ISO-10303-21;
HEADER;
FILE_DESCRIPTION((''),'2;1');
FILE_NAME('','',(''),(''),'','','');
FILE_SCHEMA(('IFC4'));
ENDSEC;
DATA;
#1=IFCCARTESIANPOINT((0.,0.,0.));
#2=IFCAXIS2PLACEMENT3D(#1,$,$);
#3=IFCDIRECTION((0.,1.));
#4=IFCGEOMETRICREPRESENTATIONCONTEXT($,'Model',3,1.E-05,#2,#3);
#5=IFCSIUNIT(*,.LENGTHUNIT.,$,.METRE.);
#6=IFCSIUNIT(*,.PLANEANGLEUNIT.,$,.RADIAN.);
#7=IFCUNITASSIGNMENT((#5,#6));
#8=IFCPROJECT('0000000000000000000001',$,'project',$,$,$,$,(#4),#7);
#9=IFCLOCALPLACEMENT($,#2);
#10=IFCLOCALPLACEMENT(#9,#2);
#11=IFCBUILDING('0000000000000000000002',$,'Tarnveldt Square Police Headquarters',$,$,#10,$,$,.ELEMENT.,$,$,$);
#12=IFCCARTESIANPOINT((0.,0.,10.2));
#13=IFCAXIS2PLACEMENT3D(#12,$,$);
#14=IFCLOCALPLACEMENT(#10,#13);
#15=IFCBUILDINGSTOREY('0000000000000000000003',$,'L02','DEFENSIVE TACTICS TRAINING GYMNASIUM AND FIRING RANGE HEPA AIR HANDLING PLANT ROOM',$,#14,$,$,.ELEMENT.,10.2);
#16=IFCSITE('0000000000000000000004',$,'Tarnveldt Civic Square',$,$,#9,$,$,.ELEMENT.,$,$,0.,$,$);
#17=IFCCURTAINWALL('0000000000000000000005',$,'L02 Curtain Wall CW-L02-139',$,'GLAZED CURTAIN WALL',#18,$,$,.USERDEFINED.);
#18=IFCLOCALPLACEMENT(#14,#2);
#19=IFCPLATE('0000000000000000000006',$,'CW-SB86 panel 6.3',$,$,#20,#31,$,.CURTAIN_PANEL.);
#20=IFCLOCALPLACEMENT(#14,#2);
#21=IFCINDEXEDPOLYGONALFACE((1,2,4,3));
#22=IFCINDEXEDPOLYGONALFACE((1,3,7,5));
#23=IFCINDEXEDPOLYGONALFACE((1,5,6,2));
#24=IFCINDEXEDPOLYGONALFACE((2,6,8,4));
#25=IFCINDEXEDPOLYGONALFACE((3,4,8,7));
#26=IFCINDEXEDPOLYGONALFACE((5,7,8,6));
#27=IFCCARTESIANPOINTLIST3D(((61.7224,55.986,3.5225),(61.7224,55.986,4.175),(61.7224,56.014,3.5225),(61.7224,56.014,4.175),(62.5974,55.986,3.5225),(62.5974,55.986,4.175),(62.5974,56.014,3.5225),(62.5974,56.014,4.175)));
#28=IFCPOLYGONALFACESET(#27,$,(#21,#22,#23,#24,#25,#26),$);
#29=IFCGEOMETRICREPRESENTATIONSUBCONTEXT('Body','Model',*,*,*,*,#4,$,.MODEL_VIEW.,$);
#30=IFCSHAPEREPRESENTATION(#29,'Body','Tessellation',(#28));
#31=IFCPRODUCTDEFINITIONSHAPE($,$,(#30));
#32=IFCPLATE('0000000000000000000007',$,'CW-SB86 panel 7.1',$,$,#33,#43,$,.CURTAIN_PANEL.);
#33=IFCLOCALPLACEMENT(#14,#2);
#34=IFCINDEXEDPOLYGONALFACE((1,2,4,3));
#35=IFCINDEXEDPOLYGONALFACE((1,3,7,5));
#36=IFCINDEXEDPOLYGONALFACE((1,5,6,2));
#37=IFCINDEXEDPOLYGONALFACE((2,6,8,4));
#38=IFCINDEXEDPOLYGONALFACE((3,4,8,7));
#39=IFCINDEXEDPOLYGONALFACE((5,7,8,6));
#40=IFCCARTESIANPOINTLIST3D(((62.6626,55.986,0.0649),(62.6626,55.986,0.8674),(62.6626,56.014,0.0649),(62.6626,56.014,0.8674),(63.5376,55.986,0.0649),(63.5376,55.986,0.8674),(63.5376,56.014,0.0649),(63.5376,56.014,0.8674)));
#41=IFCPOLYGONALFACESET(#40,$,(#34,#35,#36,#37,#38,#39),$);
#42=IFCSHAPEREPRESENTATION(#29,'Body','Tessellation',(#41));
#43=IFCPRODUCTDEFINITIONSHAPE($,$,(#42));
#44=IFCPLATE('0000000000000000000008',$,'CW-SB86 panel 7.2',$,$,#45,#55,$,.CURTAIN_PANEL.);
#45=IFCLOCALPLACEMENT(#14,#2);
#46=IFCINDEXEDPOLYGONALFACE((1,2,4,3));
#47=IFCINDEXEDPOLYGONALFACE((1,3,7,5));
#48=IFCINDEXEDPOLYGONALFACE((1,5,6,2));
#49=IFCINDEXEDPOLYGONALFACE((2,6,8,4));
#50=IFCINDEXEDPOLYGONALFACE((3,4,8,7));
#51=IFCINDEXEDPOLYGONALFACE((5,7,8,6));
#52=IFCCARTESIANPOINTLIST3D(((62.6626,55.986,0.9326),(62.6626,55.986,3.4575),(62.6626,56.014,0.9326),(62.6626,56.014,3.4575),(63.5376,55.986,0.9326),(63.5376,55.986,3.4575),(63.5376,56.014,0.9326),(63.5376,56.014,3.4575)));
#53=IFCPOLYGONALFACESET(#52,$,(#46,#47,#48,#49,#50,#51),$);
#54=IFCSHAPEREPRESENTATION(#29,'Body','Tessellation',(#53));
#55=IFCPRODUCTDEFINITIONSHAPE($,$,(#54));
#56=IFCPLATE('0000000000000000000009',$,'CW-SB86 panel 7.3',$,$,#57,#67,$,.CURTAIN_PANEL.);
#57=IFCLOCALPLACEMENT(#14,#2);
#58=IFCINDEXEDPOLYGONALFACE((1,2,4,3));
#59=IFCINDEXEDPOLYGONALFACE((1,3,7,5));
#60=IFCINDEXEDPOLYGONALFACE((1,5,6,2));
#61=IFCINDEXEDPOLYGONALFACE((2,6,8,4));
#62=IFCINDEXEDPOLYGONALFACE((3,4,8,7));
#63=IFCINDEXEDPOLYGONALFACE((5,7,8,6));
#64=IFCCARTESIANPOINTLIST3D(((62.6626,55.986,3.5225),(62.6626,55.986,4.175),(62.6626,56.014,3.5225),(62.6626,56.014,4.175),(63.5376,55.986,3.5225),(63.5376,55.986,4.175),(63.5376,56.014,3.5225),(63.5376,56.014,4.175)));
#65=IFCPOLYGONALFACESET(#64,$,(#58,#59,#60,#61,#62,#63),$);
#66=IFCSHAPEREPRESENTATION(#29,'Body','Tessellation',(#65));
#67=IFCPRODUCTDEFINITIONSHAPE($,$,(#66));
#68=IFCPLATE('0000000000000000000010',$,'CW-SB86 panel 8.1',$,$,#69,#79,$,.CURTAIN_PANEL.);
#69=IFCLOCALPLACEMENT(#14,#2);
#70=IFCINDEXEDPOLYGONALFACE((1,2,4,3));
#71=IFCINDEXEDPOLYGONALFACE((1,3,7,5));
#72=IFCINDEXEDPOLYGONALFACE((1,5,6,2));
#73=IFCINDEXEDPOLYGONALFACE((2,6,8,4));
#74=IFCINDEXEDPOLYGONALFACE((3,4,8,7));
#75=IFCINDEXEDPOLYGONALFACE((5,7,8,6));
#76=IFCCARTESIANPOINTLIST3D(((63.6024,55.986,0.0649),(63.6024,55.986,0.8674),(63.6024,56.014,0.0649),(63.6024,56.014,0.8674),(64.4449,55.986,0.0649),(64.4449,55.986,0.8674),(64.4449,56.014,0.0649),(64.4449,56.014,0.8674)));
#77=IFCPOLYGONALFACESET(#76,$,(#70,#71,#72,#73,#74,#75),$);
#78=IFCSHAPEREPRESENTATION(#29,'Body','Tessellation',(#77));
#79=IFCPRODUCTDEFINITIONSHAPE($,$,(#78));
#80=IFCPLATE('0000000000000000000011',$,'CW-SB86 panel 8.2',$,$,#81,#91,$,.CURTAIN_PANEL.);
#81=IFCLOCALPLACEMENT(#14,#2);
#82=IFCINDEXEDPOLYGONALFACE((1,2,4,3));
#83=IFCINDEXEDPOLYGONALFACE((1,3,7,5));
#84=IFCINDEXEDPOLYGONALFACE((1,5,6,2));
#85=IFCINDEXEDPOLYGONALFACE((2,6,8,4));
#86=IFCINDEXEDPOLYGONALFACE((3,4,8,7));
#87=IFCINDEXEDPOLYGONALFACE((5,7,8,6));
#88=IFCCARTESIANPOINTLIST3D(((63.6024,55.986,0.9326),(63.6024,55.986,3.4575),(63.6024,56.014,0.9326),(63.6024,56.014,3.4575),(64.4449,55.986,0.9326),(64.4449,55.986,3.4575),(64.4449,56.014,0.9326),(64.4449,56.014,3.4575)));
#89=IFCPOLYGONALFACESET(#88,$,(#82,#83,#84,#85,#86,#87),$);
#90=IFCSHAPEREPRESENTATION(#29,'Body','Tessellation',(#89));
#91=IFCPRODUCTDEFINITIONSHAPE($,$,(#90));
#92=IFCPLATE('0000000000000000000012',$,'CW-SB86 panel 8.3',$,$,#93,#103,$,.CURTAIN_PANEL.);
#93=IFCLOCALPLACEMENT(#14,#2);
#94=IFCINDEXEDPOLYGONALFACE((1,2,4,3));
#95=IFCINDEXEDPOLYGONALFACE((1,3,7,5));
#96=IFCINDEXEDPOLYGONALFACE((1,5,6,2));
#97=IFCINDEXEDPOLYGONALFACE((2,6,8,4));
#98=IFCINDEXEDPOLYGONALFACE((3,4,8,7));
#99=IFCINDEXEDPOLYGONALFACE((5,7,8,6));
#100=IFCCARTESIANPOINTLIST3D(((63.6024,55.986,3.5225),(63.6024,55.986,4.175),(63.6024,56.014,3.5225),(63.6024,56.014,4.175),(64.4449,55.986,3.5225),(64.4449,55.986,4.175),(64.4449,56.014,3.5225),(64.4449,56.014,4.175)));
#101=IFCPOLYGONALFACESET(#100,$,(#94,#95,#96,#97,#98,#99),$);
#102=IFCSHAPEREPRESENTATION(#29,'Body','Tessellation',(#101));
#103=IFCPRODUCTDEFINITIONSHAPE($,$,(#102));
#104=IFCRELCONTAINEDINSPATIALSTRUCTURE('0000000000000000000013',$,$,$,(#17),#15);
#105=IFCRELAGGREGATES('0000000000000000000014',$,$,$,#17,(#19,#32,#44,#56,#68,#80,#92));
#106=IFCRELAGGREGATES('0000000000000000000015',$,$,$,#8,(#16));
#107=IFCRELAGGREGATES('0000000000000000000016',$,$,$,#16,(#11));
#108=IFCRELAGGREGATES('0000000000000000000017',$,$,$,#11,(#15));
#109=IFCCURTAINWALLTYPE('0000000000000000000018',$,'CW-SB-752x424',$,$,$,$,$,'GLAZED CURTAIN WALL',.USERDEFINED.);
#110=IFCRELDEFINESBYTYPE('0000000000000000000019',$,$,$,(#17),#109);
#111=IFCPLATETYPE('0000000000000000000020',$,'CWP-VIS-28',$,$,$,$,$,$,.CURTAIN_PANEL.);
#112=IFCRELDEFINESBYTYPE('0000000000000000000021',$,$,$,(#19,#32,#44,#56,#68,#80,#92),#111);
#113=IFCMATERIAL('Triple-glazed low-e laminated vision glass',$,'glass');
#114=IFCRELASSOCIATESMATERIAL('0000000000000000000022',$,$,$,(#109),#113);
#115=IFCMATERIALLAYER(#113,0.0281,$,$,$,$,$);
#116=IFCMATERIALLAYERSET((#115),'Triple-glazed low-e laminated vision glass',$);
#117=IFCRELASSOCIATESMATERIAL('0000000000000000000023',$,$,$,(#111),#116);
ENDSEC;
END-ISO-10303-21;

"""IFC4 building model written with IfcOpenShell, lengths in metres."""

from ifc_helpers import new_model, si_unit, direction, frame, origin, origin_2d, place, context, subcontext, project, spatial, rectangle, extrude, material, layer, layer_set, type_object, element, aggregate, save


model = new_model("IFC4")

# Units and contexts
model_context = context("Model", 3, precision=1e-05, world=origin(), true_north=direction((0.0, 1.0)))
body_context = subcontext(model_context, "Body", "Model", "MODEL_VIEW")
ifc_project = project(units=[si_unit("LENGTHUNIT", "METRE"), si_unit("PLANEANGLEUNIT", "RADIAN")], contexts=[model_context])

# Site, building, storey
site_placement = place(None, origin())
site = spatial("IfcSite", under=ifc_project, at=site_placement, Name="Tarnveldt Civic Square", CompositionType="ELEMENT", RefElevation=0.0)
building_placement = place(site_placement, origin())
building = spatial("IfcBuilding", under=site, at=building_placement, Name="Tarnveldt Square Police Headquarters", CompositionType="ELEMENT")
storey_placement = place(building_placement, frame((0.0, 0.0, 10.2)))
storey = spatial("IfcBuildingStorey", under=building, at=storey_placement, Name="L02", Description="DEFENSIVE TACTICS TRAINING GYMNASIUM AND FIRING RANGE HEPA AIR HANDLING PLANT ROOM", CompositionType="ELEMENT", Elevation=10.2)

# Curtain wall, plates
ifc_material_1 = material(Name="Triple-glazed low-e laminated vision glass", Category="glass")
curtain_wall_type = type_object("IfcCurtainWallType", Name="CW-SB-752x424", ElementType="GLAZED CURTAIN WALL", PredefinedType="USERDEFINED", material=ifc_material_1)
curtain_wall_placement = place(storey_placement, origin())
curtain_wall = element("IfcCurtainWall", 1, at=curtain_wall_placement, inside=storey, type_object=curtain_wall_type, Name="L02 Curtain Wall CW-L02-139", ObjectType="GLAZED CURTAIN WALL", PredefinedType="USERDEFINED")
ifc_layer = layer(ifc_material_1, 0.0281)
ifc_layer_set = layer_set([ifc_layer], Name="Triple-glazed low-e laminated vision glass")
plate_type = type_object("IfcPlateType", Name="CWP-VIS-28", PredefinedType="CURTAIN_PANEL", material=ifc_layer_set)
plate_1_placement = place(storey_placement, frame((62.1599, 56.0, 3.5225), z_axis=(0.0, 0.0, 1.0), x_axis=(1.0, 0.0, 0.0)))
plate_1 = element("IfcPlate", 2, at=plate_1_placement, type_object=plate_type, Name="CW-SB86 panel 6.3", PredefinedType="CURTAIN_PANEL", context=body_context, shape_type="SweptSolid", body=[
    extrude(rectangle(XDim=0.875, YDim=0.0281, at=origin_2d()), origin(), (0.0, 0.0, 1.0), 0.6526),
])
plate_2_placement = place(storey_placement, frame((63.1001, 56.0, 0.0649), z_axis=(0.0, 0.0, 1.0), x_axis=(1.0, 0.0, 0.0)))
plate_2 = element("IfcPlate", 3, at=plate_2_placement, type_object=plate_type, Name="CW-SB86 panel 7.1", PredefinedType="CURTAIN_PANEL", context=body_context, shape_type="SweptSolid", body=[
    extrude(rectangle(XDim=0.875, YDim=0.0281, at=origin_2d()), origin(), (0.0, 0.0, 1.0), 0.8025),
])
plate_3_placement = place(storey_placement, frame((63.1001, 56.0, 0.9326), z_axis=(0.0, 0.0, 1.0), x_axis=(1.0, 0.0, 0.0)))
plate_3 = element("IfcPlate", 4, at=plate_3_placement, type_object=plate_type, Name="CW-SB86 panel 7.2", PredefinedType="CURTAIN_PANEL", context=body_context, shape_type="SweptSolid", body=[
    extrude(rectangle(XDim=0.875, YDim=0.0281, at=origin_2d()), origin(), (0.0, 0.0, 1.0), 2.5249),
])
plate_4_placement = place(storey_placement, frame((63.1001, 56.0, 3.5225), z_axis=(0.0, 0.0, 1.0), x_axis=(1.0, 0.0, 0.0)))
plate_4 = element("IfcPlate", 5, at=plate_4_placement, type_object=plate_type, Name="CW-SB86 panel 7.3", PredefinedType="CURTAIN_PANEL", context=body_context, shape_type="SweptSolid", body=[
    extrude(rectangle(XDim=0.875, YDim=0.0281, at=origin_2d()), origin(), (0.0, 0.0, 1.0), 0.6526),
])
plate_5_placement = place(storey_placement, frame((64.0237, 56.0, 0.0649), z_axis=(0.0, 0.0, 1.0), x_axis=(1.0, 0.0, 0.0)))
plate_5 = element("IfcPlate", 6, at=plate_5_placement, type_object=plate_type, Name="CW-SB86 panel 8.1", PredefinedType="CURTAIN_PANEL", context=body_context, shape_type="SweptSolid", body=[
    extrude(rectangle(XDim=0.8425, YDim=0.0281, at=origin_2d()), origin(), (0.0, 0.0, 1.0), 0.8025),
])
plate_6_placement = place(storey_placement, frame((64.0237, 56.0, 0.9326), z_axis=(0.0, 0.0, 1.0), x_axis=(1.0, 0.0, 0.0)))
plate_6 = element("IfcPlate", 7, at=plate_6_placement, type_object=plate_type, Name="CW-SB86 panel 8.2", PredefinedType="CURTAIN_PANEL", context=body_context, shape_type="SweptSolid", body=[
    extrude(rectangle(XDim=0.8425, YDim=0.0281, at=origin_2d()), origin(), (0.0, 0.0, 1.0), 2.5249),
])
plate_7_placement = place(storey_placement, frame((64.0237, 56.0, 3.5225), z_axis=(0.0, 0.0, 1.0), x_axis=(1.0, 0.0, 0.0)))
plate_7 = element("IfcPlate", 8, at=plate_7_placement, type_object=plate_type, Name="CW-SB86 panel 8.3", PredefinedType="CURTAIN_PANEL", context=body_context, shape_type="SweptSolid", body=[
    extrude(rectangle(XDim=0.8425, YDim=0.0281, at=origin_2d()), origin(), (0.0, 0.0, 1.0), 0.6526),
])
aggregate(curtain_wall, [plate_1, plate_2, plate_3, plate_4, plate_5, plate_6, plate_7])

save(model, "model.ifc")
